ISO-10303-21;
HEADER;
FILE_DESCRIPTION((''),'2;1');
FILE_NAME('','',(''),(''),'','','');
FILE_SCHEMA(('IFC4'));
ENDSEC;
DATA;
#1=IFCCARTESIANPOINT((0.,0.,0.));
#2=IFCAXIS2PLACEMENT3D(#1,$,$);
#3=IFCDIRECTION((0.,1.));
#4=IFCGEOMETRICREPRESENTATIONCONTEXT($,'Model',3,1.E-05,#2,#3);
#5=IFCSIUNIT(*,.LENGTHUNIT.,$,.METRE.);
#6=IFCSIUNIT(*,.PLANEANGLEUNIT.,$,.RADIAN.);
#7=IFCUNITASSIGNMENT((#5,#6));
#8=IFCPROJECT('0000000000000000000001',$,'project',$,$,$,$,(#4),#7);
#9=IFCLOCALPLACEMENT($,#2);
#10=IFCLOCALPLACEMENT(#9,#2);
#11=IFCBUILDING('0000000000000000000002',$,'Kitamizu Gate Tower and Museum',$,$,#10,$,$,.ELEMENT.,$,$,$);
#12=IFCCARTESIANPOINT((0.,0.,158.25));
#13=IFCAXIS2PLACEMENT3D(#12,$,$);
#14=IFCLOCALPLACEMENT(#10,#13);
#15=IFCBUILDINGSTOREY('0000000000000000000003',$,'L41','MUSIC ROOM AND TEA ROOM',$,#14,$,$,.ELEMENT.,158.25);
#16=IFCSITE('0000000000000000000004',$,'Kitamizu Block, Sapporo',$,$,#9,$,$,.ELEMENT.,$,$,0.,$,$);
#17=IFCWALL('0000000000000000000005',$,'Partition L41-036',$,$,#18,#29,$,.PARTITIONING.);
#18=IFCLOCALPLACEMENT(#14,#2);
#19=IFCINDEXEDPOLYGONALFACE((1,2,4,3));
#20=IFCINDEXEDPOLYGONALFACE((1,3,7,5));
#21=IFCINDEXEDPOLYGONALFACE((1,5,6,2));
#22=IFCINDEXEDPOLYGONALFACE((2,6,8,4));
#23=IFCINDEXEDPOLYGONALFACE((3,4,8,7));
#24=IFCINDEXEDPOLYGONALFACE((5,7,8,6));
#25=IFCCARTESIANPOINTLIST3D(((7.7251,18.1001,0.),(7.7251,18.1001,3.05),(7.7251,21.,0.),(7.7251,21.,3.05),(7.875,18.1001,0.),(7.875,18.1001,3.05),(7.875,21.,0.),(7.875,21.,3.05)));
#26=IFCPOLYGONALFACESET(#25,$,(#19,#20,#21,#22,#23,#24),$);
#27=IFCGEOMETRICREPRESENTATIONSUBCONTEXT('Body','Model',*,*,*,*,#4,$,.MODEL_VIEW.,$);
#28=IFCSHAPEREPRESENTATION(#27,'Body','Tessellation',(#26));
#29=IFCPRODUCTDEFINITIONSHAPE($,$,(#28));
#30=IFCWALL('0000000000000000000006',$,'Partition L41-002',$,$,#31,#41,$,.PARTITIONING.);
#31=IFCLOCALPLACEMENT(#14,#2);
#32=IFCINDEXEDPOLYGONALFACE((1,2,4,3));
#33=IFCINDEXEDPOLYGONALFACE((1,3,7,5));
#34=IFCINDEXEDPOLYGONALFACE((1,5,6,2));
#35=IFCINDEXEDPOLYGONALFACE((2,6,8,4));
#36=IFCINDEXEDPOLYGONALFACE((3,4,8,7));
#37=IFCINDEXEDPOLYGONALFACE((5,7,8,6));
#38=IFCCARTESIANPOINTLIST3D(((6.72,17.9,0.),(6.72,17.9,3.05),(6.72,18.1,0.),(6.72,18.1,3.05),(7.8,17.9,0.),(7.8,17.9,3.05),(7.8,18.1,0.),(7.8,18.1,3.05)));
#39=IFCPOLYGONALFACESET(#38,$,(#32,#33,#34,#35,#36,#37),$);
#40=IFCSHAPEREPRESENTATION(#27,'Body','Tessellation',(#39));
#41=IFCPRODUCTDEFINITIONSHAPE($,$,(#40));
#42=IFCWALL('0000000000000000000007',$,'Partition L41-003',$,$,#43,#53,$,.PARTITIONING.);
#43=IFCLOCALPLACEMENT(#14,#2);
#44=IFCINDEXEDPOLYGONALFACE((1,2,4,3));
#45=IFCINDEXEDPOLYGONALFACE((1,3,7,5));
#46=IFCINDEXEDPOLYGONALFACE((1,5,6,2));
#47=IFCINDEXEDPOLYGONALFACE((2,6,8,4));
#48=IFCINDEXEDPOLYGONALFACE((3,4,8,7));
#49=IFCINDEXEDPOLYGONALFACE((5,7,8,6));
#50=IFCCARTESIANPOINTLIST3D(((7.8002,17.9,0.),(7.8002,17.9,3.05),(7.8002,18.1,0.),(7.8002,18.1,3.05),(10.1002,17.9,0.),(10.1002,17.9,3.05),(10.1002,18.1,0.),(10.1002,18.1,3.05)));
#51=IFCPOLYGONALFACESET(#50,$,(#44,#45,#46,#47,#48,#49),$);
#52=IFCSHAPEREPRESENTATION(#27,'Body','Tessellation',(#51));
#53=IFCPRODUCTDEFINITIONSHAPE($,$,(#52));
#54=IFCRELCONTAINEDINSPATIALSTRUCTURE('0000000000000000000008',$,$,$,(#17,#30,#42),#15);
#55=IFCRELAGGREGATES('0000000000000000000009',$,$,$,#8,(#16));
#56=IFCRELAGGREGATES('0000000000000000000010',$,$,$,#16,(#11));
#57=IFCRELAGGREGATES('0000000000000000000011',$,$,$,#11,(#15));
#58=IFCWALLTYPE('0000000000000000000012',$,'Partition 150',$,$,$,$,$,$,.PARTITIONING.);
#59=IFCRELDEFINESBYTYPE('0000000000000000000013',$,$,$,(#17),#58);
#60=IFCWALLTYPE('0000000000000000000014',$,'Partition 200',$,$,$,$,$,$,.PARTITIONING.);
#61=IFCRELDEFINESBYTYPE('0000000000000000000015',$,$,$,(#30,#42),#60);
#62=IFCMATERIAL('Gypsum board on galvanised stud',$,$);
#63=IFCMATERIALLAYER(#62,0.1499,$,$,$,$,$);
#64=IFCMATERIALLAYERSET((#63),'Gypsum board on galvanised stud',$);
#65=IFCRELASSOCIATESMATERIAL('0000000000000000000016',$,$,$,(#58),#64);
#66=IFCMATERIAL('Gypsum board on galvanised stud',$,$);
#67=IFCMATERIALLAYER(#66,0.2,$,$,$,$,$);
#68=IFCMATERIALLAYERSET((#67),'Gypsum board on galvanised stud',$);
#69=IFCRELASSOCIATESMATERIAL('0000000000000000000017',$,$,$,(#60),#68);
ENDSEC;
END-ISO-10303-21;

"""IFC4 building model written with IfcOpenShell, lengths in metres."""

from ifc_helpers import new_model, si_unit, direction, frame, frame_2d, origin, place, context, subcontext, project, spatial, rectangle, extrude, material, layer, layer_set, type_object, element, save


model = new_model("IFC4")

# Units and contexts
model_context = context("Model", 3, precision=1e-05, world=origin(), true_north=direction((0.0, 1.0)))
body_context = subcontext(model_context, "Body", "Model", "MODEL_VIEW")
ifc_project = project(units=[si_unit("LENGTHUNIT", "METRE"), si_unit("PLANEANGLEUNIT", "RADIAN")], contexts=[model_context])

# Site, building, storey
site_placement = place(None, origin())
site = spatial("IfcSite", under=ifc_project, at=site_placement, Name="Kitamizu Block, Sapporo", CompositionType="ELEMENT", RefElevation=0.0)
building_placement = place(site_placement, origin())
building = spatial("IfcBuilding", under=site, at=building_placement, Name="Kitamizu Gate Tower and Museum", CompositionType="ELEMENT")
storey_placement = place(building_placement, frame((0.0, 0.0, 158.25)))
storey = spatial("IfcBuildingStorey", under=building, at=storey_placement, Name="L41", Description="MUSIC ROOM AND TEA ROOM", CompositionType="ELEMENT", Elevation=158.25)

# Walls
ifc_material_1 = material(Name="Gypsum board on galvanised stud")
ifc_layer_1 = layer(ifc_material_1, 0.1499)
ifc_layer_set_1 = layer_set([ifc_layer_1], Name="Gypsum board on galvanised stud")
wall_type_1 = type_object("IfcWallType", Name="Partition 150", PredefinedType="PARTITIONING", material=ifc_layer_set_1)
wall_1_placement = place(storey_placement, frame((7.8, 18.1001, 0.0), z_axis=(0.0, 0.0, 1.0), x_axis=(0.0, 1.0, 0.0)))
element("IfcWall", 1, at=wall_1_placement, inside=storey, type_object=wall_type_1, Name="Partition L41-036", PredefinedType="PARTITIONING", context=body_context, shape_type="SweptSolid", body=[
    extrude(rectangle(XDim=2.8999, YDim=0.1499, at=frame_2d((1.45, 0.0))), origin(), (0.0, 0.0, 1.0), 3.05),
])
ifc_material_2 = material(Name="Gypsum board on galvanised stud")
ifc_layer_2 = layer(ifc_material_2, 0.2)
ifc_layer_set_2 = layer_set([ifc_layer_2], Name="Gypsum board on galvanised stud")
wall_type_2 = type_object("IfcWallType", Name="Partition 200", PredefinedType="PARTITIONING", material=ifc_layer_set_2)
wall_2_placement = place(storey_placement, frame((7.8, 18.0, 0.0), z_axis=(0.0, 0.0, 1.0), x_axis=(-1.0, 0.0, 0.0)))
element("IfcWall", 2, at=wall_2_placement, inside=storey, type_object=wall_type_2, Name="Partition L41-002", PredefinedType="PARTITIONING", context=body_context, shape_type="SweptSolid", body=[
    extrude(rectangle(XDim=1.0801, YDim=0.2, at=frame_2d((0.54, 0.0))), origin(), (0.0, 0.0, 1.0), 3.05),
])
wall_3_placement = place(storey_placement, frame((10.1001, 18.0, 0.0), z_axis=(0.0, 0.0, 1.0), x_axis=(-1.0, 0.0, 0.0)))
element("IfcWall", 3, at=wall_3_placement, inside=storey, type_object=wall_type_2, Name="Partition L41-003", PredefinedType="PARTITIONING", context=body_context, shape_type="SweptSolid", body=[
    extrude(rectangle(XDim=2.3, YDim=0.2, at=frame_2d((1.1499, 0.0))), origin(), (0.0, 0.0, 1.0), 3.05),
])

save(model, "model.ifc")
